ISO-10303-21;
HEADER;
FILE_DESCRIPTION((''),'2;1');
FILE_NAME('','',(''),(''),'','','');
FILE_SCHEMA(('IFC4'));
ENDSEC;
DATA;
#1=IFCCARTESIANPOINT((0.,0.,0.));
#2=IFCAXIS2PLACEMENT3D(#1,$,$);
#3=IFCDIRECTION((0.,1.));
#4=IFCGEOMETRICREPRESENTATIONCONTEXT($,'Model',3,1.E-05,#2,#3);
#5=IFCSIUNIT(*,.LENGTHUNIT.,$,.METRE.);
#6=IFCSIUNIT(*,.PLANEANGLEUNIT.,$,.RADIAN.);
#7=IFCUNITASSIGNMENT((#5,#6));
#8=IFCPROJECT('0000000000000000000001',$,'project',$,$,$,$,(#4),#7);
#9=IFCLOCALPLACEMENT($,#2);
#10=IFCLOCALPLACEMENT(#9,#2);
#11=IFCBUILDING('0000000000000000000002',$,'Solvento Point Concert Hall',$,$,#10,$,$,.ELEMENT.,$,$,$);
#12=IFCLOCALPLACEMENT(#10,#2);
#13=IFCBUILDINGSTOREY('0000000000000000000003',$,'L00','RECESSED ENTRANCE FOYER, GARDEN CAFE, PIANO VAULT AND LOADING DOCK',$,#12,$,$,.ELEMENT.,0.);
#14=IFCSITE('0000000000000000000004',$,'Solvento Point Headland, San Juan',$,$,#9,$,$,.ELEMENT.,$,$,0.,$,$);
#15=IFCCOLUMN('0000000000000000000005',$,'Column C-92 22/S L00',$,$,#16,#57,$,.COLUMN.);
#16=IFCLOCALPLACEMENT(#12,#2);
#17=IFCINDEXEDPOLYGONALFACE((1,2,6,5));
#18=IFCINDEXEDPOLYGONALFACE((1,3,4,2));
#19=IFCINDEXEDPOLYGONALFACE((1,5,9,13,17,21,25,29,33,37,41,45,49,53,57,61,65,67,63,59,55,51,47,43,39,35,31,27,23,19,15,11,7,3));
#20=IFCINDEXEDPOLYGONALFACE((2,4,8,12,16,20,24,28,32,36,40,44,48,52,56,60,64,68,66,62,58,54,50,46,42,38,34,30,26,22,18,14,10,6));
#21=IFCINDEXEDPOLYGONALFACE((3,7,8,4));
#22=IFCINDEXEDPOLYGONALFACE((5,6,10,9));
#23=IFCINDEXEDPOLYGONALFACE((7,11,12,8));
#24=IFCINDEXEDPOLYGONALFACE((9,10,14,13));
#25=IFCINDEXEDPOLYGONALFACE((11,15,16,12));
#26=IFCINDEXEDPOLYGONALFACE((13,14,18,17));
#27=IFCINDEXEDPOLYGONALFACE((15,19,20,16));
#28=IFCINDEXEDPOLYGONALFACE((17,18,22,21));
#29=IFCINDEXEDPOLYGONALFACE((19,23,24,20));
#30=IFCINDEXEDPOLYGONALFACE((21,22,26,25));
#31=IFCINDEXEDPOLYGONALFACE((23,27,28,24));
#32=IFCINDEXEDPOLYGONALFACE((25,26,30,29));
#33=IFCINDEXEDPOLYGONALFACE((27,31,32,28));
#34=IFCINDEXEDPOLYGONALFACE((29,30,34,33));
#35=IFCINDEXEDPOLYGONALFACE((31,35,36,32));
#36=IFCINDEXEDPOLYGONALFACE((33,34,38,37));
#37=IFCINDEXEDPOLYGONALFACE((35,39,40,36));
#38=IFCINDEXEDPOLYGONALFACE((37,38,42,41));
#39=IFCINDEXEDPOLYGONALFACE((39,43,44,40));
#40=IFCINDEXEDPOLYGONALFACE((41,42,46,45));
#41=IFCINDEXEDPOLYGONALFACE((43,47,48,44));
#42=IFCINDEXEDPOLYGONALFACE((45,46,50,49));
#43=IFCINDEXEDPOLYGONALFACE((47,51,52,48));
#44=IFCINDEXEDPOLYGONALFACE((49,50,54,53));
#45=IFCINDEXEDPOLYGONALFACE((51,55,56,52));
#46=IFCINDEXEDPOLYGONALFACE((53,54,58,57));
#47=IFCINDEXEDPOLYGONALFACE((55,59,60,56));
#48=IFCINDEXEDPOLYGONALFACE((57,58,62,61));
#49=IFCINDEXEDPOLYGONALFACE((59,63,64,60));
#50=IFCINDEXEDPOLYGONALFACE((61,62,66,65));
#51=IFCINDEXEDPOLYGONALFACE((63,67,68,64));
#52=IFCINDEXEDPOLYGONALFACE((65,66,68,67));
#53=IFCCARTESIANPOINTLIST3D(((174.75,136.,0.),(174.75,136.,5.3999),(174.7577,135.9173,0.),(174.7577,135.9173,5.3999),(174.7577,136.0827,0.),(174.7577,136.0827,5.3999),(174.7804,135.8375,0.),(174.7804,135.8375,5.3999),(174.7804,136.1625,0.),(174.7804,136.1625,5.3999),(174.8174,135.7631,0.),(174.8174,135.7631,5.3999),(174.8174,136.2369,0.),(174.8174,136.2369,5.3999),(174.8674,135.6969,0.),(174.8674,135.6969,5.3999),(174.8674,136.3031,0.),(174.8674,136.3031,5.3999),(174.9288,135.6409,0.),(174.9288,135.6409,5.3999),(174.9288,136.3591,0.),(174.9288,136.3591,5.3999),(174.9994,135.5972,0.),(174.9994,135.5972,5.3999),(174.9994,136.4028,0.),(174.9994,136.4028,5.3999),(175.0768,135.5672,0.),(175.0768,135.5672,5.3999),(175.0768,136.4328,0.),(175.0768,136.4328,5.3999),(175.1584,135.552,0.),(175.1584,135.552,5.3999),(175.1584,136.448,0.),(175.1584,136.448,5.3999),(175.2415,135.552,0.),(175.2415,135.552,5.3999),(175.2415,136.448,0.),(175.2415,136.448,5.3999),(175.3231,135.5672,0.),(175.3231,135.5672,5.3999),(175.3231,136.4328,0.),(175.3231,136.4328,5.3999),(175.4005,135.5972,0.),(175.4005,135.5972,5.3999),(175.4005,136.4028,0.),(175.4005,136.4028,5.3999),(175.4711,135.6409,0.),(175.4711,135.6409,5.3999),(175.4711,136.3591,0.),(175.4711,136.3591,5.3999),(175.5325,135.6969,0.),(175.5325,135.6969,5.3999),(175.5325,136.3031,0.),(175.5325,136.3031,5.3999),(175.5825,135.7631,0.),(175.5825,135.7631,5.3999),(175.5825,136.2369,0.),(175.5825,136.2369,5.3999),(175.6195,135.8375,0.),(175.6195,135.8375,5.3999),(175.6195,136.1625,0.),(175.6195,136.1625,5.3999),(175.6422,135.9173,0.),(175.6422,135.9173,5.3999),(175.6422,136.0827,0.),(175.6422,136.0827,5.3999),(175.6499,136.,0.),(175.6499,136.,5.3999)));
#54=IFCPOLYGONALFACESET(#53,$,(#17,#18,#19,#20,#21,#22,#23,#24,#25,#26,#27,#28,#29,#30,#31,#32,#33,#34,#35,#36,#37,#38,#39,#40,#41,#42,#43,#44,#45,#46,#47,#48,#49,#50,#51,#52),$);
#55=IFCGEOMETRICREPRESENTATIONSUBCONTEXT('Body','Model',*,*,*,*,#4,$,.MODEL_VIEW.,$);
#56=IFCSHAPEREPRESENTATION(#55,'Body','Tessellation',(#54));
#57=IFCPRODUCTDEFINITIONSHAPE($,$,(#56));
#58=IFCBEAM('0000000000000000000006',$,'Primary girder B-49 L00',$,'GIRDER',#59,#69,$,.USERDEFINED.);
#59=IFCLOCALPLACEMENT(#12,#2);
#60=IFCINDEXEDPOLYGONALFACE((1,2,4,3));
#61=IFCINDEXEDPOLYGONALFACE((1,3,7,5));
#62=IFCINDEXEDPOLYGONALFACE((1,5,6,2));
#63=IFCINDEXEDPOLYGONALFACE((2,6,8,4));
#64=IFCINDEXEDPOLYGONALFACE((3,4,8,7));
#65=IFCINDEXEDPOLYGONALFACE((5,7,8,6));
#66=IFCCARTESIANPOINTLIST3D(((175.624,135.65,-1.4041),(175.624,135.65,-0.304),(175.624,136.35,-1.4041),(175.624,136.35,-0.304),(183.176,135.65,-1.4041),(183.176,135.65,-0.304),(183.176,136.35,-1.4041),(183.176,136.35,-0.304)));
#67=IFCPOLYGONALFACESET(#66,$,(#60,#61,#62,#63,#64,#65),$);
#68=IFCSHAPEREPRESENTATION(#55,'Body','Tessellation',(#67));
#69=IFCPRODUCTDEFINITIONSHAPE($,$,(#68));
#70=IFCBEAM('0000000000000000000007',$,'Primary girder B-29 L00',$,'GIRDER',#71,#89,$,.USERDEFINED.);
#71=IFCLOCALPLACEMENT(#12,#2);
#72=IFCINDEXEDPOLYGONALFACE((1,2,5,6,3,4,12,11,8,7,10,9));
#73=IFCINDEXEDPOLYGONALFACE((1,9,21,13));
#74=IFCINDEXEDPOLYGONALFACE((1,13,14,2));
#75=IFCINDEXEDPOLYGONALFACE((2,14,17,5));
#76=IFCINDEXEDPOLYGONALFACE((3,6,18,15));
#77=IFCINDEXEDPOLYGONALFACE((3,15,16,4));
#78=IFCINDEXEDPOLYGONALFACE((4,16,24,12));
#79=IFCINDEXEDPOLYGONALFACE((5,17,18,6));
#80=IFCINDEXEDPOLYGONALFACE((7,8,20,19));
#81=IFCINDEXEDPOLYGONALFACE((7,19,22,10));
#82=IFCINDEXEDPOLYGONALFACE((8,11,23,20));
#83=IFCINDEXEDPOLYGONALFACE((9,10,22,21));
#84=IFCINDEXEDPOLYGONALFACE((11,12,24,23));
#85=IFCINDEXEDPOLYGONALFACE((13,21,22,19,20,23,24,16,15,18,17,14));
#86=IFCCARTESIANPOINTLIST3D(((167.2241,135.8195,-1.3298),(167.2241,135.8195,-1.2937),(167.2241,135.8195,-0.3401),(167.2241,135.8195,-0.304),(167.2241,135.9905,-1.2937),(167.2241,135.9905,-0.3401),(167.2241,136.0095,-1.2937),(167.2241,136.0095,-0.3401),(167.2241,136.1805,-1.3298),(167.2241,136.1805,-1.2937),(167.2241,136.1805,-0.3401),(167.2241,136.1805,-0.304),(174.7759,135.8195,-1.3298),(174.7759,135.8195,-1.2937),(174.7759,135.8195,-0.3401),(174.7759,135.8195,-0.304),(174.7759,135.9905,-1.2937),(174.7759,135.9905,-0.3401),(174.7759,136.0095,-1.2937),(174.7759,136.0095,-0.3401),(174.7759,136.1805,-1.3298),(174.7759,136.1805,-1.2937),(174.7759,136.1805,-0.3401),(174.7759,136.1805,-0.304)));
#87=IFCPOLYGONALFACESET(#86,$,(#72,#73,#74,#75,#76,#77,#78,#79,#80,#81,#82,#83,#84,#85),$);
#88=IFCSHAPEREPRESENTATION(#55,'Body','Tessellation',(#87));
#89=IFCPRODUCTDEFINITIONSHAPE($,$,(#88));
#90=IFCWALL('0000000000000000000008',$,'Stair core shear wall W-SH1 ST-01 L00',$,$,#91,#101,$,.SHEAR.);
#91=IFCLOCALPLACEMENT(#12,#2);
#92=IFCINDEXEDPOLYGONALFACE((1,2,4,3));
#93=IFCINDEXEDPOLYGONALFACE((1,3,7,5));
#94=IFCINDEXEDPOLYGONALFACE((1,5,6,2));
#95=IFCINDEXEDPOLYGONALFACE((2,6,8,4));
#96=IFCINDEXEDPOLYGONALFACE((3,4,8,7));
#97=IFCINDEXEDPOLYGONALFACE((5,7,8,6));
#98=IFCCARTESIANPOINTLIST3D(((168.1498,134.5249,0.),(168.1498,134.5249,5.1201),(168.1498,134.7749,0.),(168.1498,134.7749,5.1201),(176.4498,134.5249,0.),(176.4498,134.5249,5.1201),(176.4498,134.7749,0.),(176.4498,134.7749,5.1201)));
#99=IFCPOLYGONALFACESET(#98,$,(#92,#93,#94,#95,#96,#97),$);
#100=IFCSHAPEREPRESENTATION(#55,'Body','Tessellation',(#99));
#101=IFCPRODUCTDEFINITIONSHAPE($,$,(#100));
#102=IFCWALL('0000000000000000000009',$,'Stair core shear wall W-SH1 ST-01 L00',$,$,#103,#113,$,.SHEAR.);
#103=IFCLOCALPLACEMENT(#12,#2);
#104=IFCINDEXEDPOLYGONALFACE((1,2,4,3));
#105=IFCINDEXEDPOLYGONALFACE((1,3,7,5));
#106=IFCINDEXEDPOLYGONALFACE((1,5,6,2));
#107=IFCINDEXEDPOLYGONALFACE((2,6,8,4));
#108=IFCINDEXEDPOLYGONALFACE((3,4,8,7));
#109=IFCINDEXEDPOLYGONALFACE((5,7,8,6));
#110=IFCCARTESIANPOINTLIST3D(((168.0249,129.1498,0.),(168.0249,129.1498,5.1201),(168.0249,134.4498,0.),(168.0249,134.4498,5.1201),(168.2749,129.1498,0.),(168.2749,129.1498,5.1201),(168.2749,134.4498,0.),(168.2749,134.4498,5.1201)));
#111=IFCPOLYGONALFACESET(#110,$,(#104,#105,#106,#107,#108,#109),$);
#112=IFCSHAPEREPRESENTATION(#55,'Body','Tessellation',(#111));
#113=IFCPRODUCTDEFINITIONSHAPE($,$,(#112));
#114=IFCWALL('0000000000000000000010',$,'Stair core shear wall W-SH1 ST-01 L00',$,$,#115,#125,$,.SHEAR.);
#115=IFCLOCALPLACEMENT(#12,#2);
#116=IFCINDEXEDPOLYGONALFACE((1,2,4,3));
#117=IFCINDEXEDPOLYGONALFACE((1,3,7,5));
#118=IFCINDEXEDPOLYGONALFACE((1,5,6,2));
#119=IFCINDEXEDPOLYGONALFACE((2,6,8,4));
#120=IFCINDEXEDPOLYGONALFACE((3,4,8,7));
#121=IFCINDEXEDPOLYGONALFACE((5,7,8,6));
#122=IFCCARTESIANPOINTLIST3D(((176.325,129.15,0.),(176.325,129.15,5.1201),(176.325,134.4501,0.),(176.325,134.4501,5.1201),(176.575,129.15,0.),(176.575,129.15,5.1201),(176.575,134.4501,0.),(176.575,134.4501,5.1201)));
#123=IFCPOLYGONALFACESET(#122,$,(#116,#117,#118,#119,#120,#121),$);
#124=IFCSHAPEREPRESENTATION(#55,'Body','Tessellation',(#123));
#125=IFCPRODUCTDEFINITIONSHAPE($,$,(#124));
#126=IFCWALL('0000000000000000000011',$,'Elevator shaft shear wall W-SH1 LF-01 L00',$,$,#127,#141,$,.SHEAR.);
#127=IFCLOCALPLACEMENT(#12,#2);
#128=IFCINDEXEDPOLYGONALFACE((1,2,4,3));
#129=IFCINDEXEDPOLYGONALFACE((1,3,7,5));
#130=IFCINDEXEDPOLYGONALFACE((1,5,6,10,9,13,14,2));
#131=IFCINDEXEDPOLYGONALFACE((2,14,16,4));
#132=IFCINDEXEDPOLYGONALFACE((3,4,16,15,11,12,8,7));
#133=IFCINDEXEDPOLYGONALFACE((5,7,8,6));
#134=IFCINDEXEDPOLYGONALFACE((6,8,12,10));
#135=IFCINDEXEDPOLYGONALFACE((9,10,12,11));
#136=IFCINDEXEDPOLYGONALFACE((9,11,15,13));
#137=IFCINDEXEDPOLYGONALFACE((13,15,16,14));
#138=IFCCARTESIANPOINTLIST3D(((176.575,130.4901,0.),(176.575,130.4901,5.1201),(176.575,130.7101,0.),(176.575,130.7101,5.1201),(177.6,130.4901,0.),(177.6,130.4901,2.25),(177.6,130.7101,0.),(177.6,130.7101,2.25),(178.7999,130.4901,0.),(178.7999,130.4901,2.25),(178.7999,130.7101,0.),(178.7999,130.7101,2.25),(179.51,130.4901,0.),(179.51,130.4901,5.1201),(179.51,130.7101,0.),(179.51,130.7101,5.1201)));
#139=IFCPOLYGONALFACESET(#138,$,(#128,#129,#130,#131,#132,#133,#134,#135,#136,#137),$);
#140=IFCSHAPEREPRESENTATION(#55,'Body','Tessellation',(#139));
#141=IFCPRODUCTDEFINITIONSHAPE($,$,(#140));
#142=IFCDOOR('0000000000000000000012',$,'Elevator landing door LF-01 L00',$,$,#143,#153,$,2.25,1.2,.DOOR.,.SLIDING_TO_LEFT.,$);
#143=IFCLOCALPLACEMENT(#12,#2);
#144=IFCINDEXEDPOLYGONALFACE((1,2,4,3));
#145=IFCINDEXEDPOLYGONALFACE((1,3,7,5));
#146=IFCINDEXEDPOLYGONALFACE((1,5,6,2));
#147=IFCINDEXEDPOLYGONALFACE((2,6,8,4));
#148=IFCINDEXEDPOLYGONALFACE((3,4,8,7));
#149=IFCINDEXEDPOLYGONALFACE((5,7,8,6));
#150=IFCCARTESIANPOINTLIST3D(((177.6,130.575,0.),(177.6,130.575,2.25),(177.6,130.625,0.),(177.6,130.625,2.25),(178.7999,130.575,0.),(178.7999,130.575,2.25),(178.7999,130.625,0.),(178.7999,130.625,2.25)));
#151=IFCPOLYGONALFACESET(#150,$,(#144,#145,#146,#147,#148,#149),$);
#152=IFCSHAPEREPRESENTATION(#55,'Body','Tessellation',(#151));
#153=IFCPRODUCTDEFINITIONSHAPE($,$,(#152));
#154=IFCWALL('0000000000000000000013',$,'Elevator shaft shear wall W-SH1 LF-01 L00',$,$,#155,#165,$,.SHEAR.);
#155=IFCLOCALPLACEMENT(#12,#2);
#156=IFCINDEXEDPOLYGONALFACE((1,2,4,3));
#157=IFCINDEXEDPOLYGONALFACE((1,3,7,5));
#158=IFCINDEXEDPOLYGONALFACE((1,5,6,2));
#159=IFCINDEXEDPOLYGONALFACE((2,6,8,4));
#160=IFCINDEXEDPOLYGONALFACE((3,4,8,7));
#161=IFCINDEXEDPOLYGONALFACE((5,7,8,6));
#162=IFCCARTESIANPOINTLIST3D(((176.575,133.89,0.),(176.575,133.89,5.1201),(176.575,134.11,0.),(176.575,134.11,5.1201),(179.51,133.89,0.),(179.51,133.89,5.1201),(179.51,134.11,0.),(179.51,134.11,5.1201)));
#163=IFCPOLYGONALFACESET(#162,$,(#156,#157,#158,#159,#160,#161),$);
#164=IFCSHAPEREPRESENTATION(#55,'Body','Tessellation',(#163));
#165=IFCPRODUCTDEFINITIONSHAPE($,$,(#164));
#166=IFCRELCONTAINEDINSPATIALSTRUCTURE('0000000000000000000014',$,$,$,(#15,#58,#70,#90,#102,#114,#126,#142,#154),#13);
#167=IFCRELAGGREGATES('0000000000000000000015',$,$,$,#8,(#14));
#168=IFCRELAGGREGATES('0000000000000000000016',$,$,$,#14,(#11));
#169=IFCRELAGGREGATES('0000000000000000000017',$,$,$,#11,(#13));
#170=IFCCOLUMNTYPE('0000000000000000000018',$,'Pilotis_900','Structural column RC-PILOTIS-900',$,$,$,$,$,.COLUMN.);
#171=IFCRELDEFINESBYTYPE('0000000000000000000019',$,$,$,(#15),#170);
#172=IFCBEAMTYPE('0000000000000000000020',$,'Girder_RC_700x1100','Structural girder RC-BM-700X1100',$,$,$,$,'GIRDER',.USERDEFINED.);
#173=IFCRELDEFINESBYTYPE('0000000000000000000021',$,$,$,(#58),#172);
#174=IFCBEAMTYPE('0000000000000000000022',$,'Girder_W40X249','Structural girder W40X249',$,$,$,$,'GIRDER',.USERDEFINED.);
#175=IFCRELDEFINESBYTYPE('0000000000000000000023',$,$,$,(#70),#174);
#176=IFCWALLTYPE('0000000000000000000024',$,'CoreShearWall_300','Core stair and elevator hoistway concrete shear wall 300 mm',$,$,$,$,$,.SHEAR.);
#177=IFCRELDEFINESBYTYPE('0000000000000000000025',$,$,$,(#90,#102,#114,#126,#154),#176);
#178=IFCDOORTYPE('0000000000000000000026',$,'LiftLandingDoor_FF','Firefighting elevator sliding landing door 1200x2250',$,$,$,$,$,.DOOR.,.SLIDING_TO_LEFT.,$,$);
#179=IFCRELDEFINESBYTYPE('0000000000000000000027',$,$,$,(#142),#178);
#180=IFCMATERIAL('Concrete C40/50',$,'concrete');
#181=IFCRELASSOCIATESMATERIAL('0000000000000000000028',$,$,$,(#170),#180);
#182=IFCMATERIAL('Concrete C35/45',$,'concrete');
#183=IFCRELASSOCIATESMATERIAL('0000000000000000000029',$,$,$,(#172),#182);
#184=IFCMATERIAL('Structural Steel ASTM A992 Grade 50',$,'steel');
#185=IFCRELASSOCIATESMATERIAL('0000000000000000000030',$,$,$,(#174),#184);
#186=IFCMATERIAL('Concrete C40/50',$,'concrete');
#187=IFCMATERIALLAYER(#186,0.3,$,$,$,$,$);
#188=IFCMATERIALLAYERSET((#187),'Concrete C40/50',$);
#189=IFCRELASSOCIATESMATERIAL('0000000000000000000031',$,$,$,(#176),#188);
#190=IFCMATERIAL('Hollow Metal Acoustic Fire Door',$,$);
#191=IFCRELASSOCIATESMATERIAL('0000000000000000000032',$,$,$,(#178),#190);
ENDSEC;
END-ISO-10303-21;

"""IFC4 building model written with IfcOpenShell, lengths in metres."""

from ifc_helpers import new_model, si_unit, direction, frame, frame_2d, origin, origin_2d, place, context, subcontext, project, spatial, rectangle, circle, i_section, extrude, material, layer, layer_set, material_profile, profile_set, type_object, element, fill, save


model = new_model("IFC4")

# Units and contexts
model_context = context("Model", 3, precision=1e-05, world=origin(), true_north=direction((0.0, 1.0)))
body_context = subcontext(model_context, "Body", "Model", "MODEL_VIEW")
ifc_project = project(units=[si_unit("LENGTHUNIT", "METRE"), si_unit("PLANEANGLEUNIT", "RADIAN")], contexts=[model_context])

# Site, building, storey
site_placement = place(None, origin())
site = spatial("IfcSite", under=ifc_project, at=site_placement, Name="Solvento Point Headland, San Juan", CompositionType="ELEMENT", RefElevation=0.0)
building_placement = place(site_placement, origin())
building = spatial("IfcBuilding", under=site, at=building_placement, Name="Solvento Point Concert Hall", CompositionType="ELEMENT")
storey_placement = place(building_placement, origin())
storey = spatial("IfcBuildingStorey", under=building, at=storey_placement, Name="L00", Description="RECESSED ENTRANCE FOYER, GARDEN CAFE, PIANO VAULT AND LOADING DOCK", CompositionType="ELEMENT", Elevation=0.0)

# Column
ifc_material_1 = material(Name="Concrete C40/50", Category="concrete")
ifc_material_profile_1 = material_profile(ifc_material_1, circle(Radius=0.45, at=origin_2d()), Name="RC-PILOTIS-900")
ifc_profile_set_1 = profile_set([ifc_material_profile_1], Name="Concrete C40/50")
column_type = type_object("IfcColumnType", Name="Pilotis_900", Description="Structural column RC-PILOTIS-900", PredefinedType="COLUMN", material=ifc_profile_set_1)
column_placement = place(storey_placement, frame((175.2, 136.0, 0.0), z_axis=(0.0, 0.0, 1.0), x_axis=(1.0, 0.0, 0.0)))
element("IfcColumn", 1, at=column_placement, inside=storey, type_object=column_type, Name="Column C-92 22/S L00", PredefinedType="COLUMN", context=body_context, shape_type="SweptSolid", body=[
    extrude(circle(Radius=0.45, at=origin_2d()), origin(), (0.0, 0.0, 1.0), 5.3999),
])

# Beams
ifc_material_2 = material(Name="Concrete C35/45", Category="concrete")
ifc_material_profile_2 = material_profile(ifc_material_2, rectangle(XDim=0.7, YDim=1.1001, at=origin_2d()), Name="RC-BM-700X1100")
ifc_profile_set_2 = profile_set([ifc_material_profile_2], Name="Concrete C35/45")
beam_type_1 = type_object("IfcBeamType", Name="Girder_RC_700x1100", Description="Structural girder RC-BM-700X1100", ElementType="GIRDER", PredefinedType="USERDEFINED", material=ifc_profile_set_2)
beam_1_placement = place(storey_placement, frame((175.624, 136.0, -0.854), z_axis=(1.0, 0.0, 0.0), x_axis=(0.0, 1.0, 0.0)))
element("IfcBeam", 2, at=beam_1_placement, inside=storey, type_object=beam_type_1, Name="Primary girder B-49 L00", ObjectType="GIRDER", PredefinedType="USERDEFINED", context=body_context, shape_type="SweptSolid", body=[
    extrude(rectangle(XDim=0.7, YDim=1.1001, at=origin_2d()), origin(), (0.0, 0.0, 1.0), 7.552),
])
ifc_material_3 = material(Name="Structural Steel ASTM A992 Grade 50", Category="steel")
ifc_material_profile_3 = material_profile(ifc_material_3, i_section(OverallWidth=0.3611, OverallDepth=1.0259, WebThickness=0.019, FlangeThickness=0.0361, at=origin_2d()), Name="W40X249")
ifc_profile_set_3 = profile_set([ifc_material_profile_3], Name="Structural Steel ASTM A992 Grade 50")
beam_type_2 = type_object("IfcBeamType", Name="Girder_W40X249", Description="Structural girder W40X249", ElementType="GIRDER", PredefinedType="USERDEFINED", material=ifc_profile_set_3)
beam_2_placement = place(storey_placement, frame((167.2241, 136.0, -0.8169), z_axis=(1.0, 0.0, 0.0), x_axis=(0.0, 1.0, 0.0)))
element("IfcBeam", 3, at=beam_2_placement, inside=storey, type_object=beam_type_2, Name="Primary girder B-29 L00", ObjectType="GIRDER", PredefinedType="USERDEFINED", context=body_context, shape_type="SweptSolid", body=[
    extrude(i_section(OverallWidth=0.3611, OverallDepth=1.0259, WebThickness=0.019, FlangeThickness=0.0361, at=origin_2d()), origin(), (0.0, 0.0, 1.0), 7.5518),
])

# Walls
ifc_material_4 = material(Name="Concrete C40/50", Category="concrete")
ifc_layer_1 = layer(ifc_material_4, 0.3)
ifc_layer_set_1 = layer_set([ifc_layer_1], Name="Concrete C40/50")
wall_type_1 = type_object("IfcWallType", Name="CoreShearWall_300", Description="Core stair and elevator hoistway concrete shear wall 300 mm", PredefinedType="SHEAR", material=ifc_layer_set_1)
wall_1_placement = place(storey_placement, frame((168.1499, 134.6499, 0.0), z_axis=(0.0, 0.0, 1.0), x_axis=(1.0, 0.0, 0.0)))
element("IfcWall", 4, at=wall_1_placement, inside=storey, type_object=wall_type_1, Name="Stair core shear wall W-SH1 ST-01 L00", PredefinedType="SHEAR", context=body_context, shape_type="SweptSolid", body=[
    extrude(rectangle(XDim=8.3, YDim=0.25, at=frame_2d((4.1499, 0.0))), origin(), (0.0, 0.0, 1.0), 5.1201),
])
for number, where, z_axis, x_axis, name in (
    (5, (168.1499, 129.1499, 0.0), (0.0, 0.0, 1.0), (0.0, 1.0, 0.0), "Stair core shear wall W-SH1 ST-01 L00"),
    (6, (176.45, 134.45, 0.0), (0.0, 0.0, 1.0), (0.0, -1.0, 0.0), "Stair core shear wall W-SH1 ST-01 L00"),
):
    element("IfcWall", number, at=place(storey_placement, frame(where, z_axis=z_axis, x_axis=x_axis)), inside=storey, type_object=wall_type_1, Name=name, PredefinedType="SHEAR", context=body_context, shape_type="SweptSolid", body=[
        extrude(rectangle(XDim=5.3, YDim=0.25, at=frame_2d((2.6499, 0.0))), origin(), (0.0, 0.0, 1.0), 5.1201),
    ])

# Wall, opening, door
wall_2_placement = place(storey_placement, frame((176.575, 130.6001, 0.0), z_axis=(0.0, 0.0, 1.0), x_axis=(1.0, 0.0, 0.0)))
wall_2 = element("IfcWall", 7, at=wall_2_placement, inside=storey, type_object=wall_type_1, Name="Elevator shaft shear wall W-SH1 LF-01 L00", PredefinedType="SHEAR", context=body_context, shape_type="SweptSolid", body=[
    extrude(rectangle(XDim=2.9351, YDim=0.22, at=frame_2d((1.4675, 0.0))), origin(), (0.0, 0.0, 1.0), 5.1201),
])
opening_1_placement = place(wall_2_placement, frame((1.0249, 0.0, 0.0)))
opening_1 = element("IfcOpeningElement", 8, at=opening_1_placement, cuts=wall_2, PredefinedType="OPENING", context=body_context, shape_type="SweptSolid", body=[
    extrude(rectangle(XDim=1.2, YDim=2.25, at=frame_2d((0.6001, 1.125))), frame((0.0, 0.1199, 0.0), z_axis=(0.0, -1.0, 0.0), x_axis=(1.0, 0.0, 0.0)), (0.0, 0.0, 1.0), 0.24),
])
ifc_material_5 = material(Name="Hollow Metal Acoustic Fire Door")
door_type_1 = type_object("IfcDoorType", Name="LiftLandingDoor_FF", Description="Firefighting elevator sliding landing door 1200x2250", OperationType="SLIDING_TO_LEFT", PredefinedType="DOOR", material=ifc_material_5)
door_1_placement = place(opening_1_placement, origin())
door_1 = element("IfcDoor", 9, at=door_1_placement, inside=storey, type_object=door_type_1, Name="Elevator landing door LF-01 L00", OperationType="SLIDING_TO_LEFT", OverallHeight=2.25, OverallWidth=1.2, PredefinedType="DOOR", context=body_context, shape_type="SweptSolid", body=[
    extrude(rectangle(XDim=1.2, YDim=2.25, at=frame_2d((0.6001, 1.125))), frame((0.0, 0.0249, 0.0), z_axis=(0.0, -1.0, 0.0), x_axis=(1.0, 0.0, 0.0)), (0.0, 0.0, 1.0), 0.05),
])
fill(opening_1, door_1)

# Wall
wall_3_placement = place(storey_placement, frame((176.575, 134.0, 0.0), z_axis=(0.0, 0.0, 1.0), x_axis=(1.0, 0.0, 0.0)))
element("IfcWall", 10, at=wall_3_placement, inside=storey, type_object=wall_type_1, Name="Elevator shaft shear wall W-SH1 LF-01 L00", PredefinedType="SHEAR", context=body_context, shape_type="SweptSolid", body=[
    extrude(rectangle(XDim=2.9351, YDim=0.22, at=frame_2d((1.4675, 0.0))), origin(), (0.0, 0.0, 1.0), 5.1201),
])

save(model, "model.ifc")
